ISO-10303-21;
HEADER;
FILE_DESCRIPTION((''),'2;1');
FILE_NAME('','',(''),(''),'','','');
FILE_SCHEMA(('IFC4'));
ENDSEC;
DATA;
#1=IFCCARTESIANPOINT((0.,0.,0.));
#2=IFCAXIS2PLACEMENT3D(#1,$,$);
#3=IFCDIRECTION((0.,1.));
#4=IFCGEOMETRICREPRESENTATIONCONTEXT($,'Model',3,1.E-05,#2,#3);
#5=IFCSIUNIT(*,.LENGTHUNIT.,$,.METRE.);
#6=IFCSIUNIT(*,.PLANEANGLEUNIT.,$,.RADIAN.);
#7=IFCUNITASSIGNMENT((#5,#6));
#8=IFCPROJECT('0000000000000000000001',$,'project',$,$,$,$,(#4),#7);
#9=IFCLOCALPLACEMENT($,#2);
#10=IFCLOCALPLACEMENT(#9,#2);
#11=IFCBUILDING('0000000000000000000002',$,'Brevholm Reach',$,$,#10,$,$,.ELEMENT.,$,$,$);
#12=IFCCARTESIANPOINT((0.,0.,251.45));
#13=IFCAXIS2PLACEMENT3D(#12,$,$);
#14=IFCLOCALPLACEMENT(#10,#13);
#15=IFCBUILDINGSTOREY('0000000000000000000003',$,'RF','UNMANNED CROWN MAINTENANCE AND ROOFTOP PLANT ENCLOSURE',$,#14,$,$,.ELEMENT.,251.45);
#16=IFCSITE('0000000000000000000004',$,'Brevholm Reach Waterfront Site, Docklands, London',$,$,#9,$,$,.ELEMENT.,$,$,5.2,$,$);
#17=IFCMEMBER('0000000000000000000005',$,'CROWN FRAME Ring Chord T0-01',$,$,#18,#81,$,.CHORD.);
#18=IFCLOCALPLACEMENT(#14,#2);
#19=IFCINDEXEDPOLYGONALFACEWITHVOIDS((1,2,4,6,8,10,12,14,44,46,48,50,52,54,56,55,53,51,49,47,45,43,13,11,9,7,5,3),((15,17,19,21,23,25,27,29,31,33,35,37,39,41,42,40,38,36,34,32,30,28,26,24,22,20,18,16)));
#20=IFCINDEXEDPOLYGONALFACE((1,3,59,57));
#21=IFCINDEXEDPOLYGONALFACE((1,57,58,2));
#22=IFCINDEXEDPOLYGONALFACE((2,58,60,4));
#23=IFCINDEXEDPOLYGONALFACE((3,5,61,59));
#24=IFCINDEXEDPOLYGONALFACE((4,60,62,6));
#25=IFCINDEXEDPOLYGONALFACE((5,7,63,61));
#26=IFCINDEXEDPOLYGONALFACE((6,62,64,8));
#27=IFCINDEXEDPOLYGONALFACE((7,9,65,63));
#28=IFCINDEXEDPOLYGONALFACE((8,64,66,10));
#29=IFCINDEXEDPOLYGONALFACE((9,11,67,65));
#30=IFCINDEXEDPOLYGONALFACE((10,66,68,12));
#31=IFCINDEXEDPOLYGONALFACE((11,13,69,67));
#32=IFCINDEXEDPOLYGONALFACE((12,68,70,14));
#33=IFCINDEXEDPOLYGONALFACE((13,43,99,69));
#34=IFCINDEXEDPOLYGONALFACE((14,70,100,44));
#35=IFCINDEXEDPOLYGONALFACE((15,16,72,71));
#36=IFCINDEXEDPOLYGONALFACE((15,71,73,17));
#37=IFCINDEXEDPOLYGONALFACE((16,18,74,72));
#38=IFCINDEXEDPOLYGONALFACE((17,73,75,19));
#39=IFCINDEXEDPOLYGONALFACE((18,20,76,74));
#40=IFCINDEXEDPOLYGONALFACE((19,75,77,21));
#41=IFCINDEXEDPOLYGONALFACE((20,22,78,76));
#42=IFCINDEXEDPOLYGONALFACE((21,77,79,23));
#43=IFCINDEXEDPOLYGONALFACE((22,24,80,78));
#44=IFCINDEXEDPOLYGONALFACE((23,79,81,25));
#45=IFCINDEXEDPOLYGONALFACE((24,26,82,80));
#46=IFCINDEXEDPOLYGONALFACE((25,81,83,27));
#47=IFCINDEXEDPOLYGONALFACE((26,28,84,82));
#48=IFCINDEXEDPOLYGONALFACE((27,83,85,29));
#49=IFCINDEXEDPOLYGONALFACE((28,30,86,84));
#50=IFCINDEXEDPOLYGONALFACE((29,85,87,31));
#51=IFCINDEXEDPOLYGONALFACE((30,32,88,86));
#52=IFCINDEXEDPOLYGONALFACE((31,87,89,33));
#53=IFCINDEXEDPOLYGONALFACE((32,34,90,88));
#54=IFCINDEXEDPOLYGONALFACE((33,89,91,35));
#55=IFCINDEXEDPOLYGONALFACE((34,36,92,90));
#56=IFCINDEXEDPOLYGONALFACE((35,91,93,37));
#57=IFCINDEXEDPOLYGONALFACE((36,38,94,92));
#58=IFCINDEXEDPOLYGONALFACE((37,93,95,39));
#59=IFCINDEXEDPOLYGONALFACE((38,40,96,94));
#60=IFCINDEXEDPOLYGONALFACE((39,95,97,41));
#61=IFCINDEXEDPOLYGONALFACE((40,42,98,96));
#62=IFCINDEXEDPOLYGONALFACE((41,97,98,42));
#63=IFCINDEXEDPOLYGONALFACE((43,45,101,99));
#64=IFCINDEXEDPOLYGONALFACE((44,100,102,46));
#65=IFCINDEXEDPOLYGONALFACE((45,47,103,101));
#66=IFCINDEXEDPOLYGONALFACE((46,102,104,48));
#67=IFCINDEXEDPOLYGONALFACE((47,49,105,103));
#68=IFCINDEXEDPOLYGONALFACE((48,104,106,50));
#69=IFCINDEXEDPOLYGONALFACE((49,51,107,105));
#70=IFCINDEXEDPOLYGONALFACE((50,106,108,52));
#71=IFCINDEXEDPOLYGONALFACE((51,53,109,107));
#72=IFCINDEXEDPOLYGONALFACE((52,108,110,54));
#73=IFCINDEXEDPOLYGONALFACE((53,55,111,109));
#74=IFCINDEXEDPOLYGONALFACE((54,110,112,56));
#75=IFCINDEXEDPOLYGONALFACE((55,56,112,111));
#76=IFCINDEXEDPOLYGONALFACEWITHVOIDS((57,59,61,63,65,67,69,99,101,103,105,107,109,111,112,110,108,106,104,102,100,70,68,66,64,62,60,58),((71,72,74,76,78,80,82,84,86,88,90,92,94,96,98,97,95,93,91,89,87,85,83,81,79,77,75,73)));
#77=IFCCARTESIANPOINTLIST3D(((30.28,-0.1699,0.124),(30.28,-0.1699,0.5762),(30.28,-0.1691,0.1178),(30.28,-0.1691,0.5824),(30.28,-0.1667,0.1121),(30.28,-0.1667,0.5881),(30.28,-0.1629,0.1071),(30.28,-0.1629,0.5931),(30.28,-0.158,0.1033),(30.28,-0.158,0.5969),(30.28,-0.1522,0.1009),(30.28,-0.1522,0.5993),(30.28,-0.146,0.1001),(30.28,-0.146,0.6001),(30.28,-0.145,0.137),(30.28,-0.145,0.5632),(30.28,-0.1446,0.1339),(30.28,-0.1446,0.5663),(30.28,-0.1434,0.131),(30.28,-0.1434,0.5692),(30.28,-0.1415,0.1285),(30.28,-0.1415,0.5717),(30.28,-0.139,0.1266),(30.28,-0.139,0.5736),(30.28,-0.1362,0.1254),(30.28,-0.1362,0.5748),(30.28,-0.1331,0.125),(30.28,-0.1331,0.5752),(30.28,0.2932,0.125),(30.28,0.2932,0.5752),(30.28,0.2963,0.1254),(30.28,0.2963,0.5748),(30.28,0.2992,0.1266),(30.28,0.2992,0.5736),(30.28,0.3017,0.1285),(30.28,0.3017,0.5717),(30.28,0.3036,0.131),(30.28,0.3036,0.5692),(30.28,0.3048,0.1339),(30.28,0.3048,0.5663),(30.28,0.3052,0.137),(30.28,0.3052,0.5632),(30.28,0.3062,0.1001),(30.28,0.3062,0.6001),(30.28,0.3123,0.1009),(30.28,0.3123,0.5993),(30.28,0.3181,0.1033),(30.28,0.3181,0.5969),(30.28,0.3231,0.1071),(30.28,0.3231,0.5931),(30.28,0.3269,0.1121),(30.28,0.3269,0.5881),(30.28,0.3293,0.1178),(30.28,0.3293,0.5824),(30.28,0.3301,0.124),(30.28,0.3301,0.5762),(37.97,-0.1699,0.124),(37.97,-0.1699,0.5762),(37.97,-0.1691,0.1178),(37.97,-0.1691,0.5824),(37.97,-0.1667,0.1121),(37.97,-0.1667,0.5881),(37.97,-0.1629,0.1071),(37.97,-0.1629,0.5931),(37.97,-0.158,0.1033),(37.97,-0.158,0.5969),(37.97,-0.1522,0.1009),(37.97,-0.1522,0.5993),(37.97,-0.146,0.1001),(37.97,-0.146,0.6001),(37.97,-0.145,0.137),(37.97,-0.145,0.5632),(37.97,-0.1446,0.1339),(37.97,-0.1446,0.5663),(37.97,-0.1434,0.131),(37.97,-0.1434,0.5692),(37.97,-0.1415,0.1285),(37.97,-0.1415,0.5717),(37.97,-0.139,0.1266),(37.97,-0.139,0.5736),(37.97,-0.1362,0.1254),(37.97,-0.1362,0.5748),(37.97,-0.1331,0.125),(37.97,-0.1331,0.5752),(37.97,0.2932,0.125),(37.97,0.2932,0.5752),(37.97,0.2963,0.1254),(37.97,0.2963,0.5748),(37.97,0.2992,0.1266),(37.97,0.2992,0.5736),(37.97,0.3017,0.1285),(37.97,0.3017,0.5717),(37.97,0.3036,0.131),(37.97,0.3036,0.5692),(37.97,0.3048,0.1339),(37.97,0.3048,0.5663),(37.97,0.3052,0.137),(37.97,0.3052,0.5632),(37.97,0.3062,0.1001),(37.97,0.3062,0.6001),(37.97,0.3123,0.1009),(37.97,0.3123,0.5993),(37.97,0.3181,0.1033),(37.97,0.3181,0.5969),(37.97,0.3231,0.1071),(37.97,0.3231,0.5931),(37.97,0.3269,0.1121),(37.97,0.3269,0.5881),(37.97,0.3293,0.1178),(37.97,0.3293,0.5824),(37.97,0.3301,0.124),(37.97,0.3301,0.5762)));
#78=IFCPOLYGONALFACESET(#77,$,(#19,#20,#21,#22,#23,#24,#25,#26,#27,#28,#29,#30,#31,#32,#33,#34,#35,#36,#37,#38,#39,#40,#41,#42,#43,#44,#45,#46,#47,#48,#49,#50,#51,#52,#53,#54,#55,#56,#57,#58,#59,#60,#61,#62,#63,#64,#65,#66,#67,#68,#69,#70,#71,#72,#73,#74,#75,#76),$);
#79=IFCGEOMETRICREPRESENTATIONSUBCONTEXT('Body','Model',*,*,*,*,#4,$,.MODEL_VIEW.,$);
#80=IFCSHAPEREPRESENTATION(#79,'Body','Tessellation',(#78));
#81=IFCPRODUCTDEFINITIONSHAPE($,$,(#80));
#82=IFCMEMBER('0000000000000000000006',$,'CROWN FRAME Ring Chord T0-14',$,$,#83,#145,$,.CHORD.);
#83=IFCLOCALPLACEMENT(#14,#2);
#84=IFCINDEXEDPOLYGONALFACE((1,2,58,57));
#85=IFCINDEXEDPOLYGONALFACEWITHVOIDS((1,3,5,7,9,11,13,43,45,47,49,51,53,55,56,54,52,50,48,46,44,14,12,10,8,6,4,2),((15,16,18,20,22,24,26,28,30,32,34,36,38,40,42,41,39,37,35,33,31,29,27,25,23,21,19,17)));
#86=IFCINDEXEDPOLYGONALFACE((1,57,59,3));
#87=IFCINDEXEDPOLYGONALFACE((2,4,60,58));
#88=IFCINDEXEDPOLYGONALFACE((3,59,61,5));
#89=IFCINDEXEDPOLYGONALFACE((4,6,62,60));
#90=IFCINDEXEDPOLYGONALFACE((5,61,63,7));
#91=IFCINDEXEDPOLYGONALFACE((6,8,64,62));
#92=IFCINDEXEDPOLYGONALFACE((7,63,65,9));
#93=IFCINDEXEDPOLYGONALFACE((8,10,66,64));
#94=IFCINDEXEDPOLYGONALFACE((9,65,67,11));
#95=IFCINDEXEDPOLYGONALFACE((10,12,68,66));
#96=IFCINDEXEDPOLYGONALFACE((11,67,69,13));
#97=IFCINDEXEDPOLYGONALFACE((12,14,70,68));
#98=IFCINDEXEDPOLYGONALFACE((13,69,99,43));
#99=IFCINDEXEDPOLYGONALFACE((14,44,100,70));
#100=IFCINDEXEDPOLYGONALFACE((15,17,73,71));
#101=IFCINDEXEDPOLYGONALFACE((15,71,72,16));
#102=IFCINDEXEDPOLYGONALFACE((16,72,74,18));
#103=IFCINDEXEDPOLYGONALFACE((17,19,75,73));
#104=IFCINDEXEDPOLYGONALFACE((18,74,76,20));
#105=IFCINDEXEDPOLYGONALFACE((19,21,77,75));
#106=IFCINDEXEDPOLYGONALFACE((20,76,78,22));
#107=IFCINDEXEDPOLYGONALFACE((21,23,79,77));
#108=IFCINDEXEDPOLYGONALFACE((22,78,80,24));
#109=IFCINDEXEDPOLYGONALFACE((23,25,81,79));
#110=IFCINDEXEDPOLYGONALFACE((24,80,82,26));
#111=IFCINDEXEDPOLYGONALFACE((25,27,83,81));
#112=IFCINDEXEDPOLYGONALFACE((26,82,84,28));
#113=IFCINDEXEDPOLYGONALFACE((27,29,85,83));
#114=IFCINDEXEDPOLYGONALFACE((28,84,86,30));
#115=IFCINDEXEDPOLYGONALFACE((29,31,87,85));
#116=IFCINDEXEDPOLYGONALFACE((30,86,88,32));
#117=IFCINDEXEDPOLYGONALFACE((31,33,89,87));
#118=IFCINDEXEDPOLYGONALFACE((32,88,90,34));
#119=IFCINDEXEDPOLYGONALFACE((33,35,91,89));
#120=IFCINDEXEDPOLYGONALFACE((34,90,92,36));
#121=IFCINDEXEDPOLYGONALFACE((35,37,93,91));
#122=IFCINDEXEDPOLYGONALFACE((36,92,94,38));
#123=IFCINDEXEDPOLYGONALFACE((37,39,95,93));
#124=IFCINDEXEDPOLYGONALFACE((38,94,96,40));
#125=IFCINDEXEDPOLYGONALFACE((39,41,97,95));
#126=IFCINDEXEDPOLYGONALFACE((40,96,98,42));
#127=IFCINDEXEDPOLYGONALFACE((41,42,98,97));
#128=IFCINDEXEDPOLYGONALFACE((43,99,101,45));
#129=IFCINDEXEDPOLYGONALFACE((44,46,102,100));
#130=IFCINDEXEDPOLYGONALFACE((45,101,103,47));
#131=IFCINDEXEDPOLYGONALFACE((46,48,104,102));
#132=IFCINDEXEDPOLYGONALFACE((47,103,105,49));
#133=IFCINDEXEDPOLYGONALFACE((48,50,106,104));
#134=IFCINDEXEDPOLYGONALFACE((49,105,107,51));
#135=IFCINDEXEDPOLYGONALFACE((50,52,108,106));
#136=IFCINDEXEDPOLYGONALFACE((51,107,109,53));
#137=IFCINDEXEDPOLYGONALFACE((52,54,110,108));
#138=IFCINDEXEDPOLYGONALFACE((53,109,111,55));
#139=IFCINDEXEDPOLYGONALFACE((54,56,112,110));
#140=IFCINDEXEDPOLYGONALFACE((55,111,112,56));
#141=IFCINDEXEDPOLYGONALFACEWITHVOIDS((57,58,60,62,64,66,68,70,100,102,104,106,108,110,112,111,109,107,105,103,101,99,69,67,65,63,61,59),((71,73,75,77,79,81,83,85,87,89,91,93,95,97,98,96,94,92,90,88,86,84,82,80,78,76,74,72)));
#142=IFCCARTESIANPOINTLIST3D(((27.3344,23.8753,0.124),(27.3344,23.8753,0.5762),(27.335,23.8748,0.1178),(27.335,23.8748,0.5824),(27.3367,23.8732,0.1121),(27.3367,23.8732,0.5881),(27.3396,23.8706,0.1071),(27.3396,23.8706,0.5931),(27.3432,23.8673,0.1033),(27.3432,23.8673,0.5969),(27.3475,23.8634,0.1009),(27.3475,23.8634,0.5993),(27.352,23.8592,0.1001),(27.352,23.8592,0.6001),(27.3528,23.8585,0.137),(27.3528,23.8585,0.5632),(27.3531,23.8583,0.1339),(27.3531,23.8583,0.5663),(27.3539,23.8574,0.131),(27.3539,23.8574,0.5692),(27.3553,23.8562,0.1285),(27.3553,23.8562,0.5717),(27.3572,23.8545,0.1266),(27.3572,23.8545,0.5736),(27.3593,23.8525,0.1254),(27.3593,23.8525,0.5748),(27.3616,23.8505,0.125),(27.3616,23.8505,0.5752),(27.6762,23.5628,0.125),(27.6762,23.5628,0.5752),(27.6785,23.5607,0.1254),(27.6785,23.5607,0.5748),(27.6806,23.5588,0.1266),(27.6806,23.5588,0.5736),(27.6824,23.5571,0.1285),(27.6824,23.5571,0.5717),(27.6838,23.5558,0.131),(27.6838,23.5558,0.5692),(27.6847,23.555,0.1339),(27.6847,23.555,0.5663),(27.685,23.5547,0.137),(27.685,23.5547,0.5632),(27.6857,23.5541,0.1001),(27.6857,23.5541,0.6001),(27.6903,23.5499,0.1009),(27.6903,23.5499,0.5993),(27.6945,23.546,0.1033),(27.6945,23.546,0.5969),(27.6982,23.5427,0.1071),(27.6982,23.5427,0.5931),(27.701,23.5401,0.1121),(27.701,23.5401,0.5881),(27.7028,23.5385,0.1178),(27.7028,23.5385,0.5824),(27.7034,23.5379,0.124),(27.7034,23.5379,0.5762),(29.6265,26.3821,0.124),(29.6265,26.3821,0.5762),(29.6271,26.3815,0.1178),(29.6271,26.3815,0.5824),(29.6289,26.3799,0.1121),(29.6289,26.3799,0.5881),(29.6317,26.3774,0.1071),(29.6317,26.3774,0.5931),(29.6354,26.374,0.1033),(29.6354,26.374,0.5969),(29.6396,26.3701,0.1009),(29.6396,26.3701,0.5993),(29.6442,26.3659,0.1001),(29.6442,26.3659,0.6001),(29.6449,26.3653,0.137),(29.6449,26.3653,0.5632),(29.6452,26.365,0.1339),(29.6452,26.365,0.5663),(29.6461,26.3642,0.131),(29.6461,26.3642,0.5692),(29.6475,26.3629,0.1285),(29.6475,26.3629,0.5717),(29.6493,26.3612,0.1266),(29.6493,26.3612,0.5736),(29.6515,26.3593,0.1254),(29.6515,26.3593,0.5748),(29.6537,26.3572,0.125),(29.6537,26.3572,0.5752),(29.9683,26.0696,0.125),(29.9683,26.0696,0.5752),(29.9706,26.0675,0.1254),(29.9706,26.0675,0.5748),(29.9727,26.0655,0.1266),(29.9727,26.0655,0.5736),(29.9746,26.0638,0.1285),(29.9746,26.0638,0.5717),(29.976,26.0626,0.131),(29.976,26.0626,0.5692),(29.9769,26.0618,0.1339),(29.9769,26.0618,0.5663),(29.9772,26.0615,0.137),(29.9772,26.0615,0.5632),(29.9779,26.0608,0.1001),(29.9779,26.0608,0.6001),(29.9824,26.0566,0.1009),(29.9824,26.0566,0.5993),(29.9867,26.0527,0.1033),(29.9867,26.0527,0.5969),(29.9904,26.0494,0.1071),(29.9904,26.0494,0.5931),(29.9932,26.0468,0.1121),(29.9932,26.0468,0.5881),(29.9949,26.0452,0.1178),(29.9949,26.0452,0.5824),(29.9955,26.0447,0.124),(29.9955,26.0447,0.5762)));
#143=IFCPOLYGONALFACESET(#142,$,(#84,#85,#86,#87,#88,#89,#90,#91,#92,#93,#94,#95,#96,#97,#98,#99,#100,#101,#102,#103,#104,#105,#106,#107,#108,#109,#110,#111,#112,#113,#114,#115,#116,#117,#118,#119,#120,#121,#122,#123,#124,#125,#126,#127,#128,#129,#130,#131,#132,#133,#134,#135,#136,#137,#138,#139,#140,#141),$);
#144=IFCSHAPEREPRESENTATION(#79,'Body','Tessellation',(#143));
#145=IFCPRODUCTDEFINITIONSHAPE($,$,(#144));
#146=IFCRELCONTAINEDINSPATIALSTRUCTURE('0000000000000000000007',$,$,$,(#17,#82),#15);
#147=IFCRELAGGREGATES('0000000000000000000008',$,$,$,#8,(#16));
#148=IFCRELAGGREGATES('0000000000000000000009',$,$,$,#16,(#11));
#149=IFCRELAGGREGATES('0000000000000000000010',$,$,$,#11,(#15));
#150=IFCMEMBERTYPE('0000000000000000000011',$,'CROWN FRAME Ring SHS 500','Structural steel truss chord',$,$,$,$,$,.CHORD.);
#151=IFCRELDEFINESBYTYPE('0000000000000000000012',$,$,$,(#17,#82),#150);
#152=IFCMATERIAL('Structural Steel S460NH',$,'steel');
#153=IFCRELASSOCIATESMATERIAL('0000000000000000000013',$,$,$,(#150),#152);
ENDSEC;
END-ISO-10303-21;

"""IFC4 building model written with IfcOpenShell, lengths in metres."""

from ifc_helpers import new_model, si_unit, direction, frame, origin, origin_2d, place, context, subcontext, project, spatial, hollow_rectangle, extrude, material, material_profile, profile_set, type_object, element, save


model = new_model("IFC4")

# Units and contexts
model_context = context("Model", 3, precision=1e-05, world=origin(), true_north=direction((0.0, 1.0)))
body_context = subcontext(model_context, "Body", "Model", "MODEL_VIEW")
ifc_project = project(units=[si_unit("LENGTHUNIT", "METRE"), si_unit("PLANEANGLEUNIT", "RADIAN")], contexts=[model_context])

# Site, building, storey
site_placement = place(None, origin())
site = spatial("IfcSite", under=ifc_project, at=site_placement, Name="Brevholm Reach Waterfront Site, Docklands, London", CompositionType="ELEMENT", RefElevation=5.2)
building_placement = place(site_placement, origin())
building = spatial("IfcBuilding", under=site, at=building_placement, Name="Brevholm Reach", CompositionType="ELEMENT")
storey_placement = place(building_placement, frame((0.0, 0.0, 251.45)))
storey = spatial("IfcBuildingStorey", under=building, at=storey_placement, Name="RF", Description="UNMANNED CROWN MAINTENANCE AND ROOFTOP PLANT ENCLOSURE", CompositionType="ELEMENT", Elevation=251.45)

# Members
ifc_material_1 = material(Name="Structural Steel S460NH", Category="steel")
ifc_material_profile_1 = material_profile(ifc_material_1, hollow_rectangle(XDim=0.5, YDim=0.5, WallThickness=0.0249, InnerFilletRadius=0.012, OuterFilletRadius=0.0239, at=origin_2d()), Name="SHS 500x500x25")
ifc_profile_set_1 = profile_set([ifc_material_profile_1], Name="Structural Steel S460NH")
member_type_1 = type_object("IfcMemberType", Name="CROWN FRAME Ring SHS 500", Description="Structural steel truss chord", PredefinedType="CHORD", material=ifc_profile_set_1)
member_1_placement = place(storey_placement, frame((30.28, 0.0801, 0.3501), z_axis=(1.0, 0.0, 0.0), x_axis=(0.0, 1.0, 0.0)))
element("IfcMember", 1, at=member_1_placement, inside=storey, type_object=member_type_1, Name="CROWN FRAME Ring Chord T0-01", PredefinedType="CHORD", context=body_context, shape_type="SweptSolid", body=[
    extrude(hollow_rectangle(XDim=0.5, YDim=0.5, WallThickness=0.0249, InnerFilletRadius=0.012, OuterFilletRadius=0.0239, at=origin_2d()), origin(), (0.0, 0.0, 1.0), 7.6899),
])
member_2_placement = place(storey_placement, frame((29.811, 26.2134, 0.3501), z_axis=(-0.674813, -0.737989, 0.0), x_axis=(0.737989, -0.674813, 0.0)))
element("IfcMember", 2, at=member_2_placement, inside=storey, type_object=member_type_1, Name="CROWN FRAME Ring Chord T0-14", PredefinedType="CHORD", context=body_context, shape_type="SweptSolid", body=[
    extrude(hollow_rectangle(XDim=0.5, YDim=0.5, WallThickness=0.0249, InnerFilletRadius=0.012, OuterFilletRadius=0.0239, at=origin_2d()), origin(), (0.0, 0.0, 1.0), 3.3967),
])

save(model, "model.ifc")
